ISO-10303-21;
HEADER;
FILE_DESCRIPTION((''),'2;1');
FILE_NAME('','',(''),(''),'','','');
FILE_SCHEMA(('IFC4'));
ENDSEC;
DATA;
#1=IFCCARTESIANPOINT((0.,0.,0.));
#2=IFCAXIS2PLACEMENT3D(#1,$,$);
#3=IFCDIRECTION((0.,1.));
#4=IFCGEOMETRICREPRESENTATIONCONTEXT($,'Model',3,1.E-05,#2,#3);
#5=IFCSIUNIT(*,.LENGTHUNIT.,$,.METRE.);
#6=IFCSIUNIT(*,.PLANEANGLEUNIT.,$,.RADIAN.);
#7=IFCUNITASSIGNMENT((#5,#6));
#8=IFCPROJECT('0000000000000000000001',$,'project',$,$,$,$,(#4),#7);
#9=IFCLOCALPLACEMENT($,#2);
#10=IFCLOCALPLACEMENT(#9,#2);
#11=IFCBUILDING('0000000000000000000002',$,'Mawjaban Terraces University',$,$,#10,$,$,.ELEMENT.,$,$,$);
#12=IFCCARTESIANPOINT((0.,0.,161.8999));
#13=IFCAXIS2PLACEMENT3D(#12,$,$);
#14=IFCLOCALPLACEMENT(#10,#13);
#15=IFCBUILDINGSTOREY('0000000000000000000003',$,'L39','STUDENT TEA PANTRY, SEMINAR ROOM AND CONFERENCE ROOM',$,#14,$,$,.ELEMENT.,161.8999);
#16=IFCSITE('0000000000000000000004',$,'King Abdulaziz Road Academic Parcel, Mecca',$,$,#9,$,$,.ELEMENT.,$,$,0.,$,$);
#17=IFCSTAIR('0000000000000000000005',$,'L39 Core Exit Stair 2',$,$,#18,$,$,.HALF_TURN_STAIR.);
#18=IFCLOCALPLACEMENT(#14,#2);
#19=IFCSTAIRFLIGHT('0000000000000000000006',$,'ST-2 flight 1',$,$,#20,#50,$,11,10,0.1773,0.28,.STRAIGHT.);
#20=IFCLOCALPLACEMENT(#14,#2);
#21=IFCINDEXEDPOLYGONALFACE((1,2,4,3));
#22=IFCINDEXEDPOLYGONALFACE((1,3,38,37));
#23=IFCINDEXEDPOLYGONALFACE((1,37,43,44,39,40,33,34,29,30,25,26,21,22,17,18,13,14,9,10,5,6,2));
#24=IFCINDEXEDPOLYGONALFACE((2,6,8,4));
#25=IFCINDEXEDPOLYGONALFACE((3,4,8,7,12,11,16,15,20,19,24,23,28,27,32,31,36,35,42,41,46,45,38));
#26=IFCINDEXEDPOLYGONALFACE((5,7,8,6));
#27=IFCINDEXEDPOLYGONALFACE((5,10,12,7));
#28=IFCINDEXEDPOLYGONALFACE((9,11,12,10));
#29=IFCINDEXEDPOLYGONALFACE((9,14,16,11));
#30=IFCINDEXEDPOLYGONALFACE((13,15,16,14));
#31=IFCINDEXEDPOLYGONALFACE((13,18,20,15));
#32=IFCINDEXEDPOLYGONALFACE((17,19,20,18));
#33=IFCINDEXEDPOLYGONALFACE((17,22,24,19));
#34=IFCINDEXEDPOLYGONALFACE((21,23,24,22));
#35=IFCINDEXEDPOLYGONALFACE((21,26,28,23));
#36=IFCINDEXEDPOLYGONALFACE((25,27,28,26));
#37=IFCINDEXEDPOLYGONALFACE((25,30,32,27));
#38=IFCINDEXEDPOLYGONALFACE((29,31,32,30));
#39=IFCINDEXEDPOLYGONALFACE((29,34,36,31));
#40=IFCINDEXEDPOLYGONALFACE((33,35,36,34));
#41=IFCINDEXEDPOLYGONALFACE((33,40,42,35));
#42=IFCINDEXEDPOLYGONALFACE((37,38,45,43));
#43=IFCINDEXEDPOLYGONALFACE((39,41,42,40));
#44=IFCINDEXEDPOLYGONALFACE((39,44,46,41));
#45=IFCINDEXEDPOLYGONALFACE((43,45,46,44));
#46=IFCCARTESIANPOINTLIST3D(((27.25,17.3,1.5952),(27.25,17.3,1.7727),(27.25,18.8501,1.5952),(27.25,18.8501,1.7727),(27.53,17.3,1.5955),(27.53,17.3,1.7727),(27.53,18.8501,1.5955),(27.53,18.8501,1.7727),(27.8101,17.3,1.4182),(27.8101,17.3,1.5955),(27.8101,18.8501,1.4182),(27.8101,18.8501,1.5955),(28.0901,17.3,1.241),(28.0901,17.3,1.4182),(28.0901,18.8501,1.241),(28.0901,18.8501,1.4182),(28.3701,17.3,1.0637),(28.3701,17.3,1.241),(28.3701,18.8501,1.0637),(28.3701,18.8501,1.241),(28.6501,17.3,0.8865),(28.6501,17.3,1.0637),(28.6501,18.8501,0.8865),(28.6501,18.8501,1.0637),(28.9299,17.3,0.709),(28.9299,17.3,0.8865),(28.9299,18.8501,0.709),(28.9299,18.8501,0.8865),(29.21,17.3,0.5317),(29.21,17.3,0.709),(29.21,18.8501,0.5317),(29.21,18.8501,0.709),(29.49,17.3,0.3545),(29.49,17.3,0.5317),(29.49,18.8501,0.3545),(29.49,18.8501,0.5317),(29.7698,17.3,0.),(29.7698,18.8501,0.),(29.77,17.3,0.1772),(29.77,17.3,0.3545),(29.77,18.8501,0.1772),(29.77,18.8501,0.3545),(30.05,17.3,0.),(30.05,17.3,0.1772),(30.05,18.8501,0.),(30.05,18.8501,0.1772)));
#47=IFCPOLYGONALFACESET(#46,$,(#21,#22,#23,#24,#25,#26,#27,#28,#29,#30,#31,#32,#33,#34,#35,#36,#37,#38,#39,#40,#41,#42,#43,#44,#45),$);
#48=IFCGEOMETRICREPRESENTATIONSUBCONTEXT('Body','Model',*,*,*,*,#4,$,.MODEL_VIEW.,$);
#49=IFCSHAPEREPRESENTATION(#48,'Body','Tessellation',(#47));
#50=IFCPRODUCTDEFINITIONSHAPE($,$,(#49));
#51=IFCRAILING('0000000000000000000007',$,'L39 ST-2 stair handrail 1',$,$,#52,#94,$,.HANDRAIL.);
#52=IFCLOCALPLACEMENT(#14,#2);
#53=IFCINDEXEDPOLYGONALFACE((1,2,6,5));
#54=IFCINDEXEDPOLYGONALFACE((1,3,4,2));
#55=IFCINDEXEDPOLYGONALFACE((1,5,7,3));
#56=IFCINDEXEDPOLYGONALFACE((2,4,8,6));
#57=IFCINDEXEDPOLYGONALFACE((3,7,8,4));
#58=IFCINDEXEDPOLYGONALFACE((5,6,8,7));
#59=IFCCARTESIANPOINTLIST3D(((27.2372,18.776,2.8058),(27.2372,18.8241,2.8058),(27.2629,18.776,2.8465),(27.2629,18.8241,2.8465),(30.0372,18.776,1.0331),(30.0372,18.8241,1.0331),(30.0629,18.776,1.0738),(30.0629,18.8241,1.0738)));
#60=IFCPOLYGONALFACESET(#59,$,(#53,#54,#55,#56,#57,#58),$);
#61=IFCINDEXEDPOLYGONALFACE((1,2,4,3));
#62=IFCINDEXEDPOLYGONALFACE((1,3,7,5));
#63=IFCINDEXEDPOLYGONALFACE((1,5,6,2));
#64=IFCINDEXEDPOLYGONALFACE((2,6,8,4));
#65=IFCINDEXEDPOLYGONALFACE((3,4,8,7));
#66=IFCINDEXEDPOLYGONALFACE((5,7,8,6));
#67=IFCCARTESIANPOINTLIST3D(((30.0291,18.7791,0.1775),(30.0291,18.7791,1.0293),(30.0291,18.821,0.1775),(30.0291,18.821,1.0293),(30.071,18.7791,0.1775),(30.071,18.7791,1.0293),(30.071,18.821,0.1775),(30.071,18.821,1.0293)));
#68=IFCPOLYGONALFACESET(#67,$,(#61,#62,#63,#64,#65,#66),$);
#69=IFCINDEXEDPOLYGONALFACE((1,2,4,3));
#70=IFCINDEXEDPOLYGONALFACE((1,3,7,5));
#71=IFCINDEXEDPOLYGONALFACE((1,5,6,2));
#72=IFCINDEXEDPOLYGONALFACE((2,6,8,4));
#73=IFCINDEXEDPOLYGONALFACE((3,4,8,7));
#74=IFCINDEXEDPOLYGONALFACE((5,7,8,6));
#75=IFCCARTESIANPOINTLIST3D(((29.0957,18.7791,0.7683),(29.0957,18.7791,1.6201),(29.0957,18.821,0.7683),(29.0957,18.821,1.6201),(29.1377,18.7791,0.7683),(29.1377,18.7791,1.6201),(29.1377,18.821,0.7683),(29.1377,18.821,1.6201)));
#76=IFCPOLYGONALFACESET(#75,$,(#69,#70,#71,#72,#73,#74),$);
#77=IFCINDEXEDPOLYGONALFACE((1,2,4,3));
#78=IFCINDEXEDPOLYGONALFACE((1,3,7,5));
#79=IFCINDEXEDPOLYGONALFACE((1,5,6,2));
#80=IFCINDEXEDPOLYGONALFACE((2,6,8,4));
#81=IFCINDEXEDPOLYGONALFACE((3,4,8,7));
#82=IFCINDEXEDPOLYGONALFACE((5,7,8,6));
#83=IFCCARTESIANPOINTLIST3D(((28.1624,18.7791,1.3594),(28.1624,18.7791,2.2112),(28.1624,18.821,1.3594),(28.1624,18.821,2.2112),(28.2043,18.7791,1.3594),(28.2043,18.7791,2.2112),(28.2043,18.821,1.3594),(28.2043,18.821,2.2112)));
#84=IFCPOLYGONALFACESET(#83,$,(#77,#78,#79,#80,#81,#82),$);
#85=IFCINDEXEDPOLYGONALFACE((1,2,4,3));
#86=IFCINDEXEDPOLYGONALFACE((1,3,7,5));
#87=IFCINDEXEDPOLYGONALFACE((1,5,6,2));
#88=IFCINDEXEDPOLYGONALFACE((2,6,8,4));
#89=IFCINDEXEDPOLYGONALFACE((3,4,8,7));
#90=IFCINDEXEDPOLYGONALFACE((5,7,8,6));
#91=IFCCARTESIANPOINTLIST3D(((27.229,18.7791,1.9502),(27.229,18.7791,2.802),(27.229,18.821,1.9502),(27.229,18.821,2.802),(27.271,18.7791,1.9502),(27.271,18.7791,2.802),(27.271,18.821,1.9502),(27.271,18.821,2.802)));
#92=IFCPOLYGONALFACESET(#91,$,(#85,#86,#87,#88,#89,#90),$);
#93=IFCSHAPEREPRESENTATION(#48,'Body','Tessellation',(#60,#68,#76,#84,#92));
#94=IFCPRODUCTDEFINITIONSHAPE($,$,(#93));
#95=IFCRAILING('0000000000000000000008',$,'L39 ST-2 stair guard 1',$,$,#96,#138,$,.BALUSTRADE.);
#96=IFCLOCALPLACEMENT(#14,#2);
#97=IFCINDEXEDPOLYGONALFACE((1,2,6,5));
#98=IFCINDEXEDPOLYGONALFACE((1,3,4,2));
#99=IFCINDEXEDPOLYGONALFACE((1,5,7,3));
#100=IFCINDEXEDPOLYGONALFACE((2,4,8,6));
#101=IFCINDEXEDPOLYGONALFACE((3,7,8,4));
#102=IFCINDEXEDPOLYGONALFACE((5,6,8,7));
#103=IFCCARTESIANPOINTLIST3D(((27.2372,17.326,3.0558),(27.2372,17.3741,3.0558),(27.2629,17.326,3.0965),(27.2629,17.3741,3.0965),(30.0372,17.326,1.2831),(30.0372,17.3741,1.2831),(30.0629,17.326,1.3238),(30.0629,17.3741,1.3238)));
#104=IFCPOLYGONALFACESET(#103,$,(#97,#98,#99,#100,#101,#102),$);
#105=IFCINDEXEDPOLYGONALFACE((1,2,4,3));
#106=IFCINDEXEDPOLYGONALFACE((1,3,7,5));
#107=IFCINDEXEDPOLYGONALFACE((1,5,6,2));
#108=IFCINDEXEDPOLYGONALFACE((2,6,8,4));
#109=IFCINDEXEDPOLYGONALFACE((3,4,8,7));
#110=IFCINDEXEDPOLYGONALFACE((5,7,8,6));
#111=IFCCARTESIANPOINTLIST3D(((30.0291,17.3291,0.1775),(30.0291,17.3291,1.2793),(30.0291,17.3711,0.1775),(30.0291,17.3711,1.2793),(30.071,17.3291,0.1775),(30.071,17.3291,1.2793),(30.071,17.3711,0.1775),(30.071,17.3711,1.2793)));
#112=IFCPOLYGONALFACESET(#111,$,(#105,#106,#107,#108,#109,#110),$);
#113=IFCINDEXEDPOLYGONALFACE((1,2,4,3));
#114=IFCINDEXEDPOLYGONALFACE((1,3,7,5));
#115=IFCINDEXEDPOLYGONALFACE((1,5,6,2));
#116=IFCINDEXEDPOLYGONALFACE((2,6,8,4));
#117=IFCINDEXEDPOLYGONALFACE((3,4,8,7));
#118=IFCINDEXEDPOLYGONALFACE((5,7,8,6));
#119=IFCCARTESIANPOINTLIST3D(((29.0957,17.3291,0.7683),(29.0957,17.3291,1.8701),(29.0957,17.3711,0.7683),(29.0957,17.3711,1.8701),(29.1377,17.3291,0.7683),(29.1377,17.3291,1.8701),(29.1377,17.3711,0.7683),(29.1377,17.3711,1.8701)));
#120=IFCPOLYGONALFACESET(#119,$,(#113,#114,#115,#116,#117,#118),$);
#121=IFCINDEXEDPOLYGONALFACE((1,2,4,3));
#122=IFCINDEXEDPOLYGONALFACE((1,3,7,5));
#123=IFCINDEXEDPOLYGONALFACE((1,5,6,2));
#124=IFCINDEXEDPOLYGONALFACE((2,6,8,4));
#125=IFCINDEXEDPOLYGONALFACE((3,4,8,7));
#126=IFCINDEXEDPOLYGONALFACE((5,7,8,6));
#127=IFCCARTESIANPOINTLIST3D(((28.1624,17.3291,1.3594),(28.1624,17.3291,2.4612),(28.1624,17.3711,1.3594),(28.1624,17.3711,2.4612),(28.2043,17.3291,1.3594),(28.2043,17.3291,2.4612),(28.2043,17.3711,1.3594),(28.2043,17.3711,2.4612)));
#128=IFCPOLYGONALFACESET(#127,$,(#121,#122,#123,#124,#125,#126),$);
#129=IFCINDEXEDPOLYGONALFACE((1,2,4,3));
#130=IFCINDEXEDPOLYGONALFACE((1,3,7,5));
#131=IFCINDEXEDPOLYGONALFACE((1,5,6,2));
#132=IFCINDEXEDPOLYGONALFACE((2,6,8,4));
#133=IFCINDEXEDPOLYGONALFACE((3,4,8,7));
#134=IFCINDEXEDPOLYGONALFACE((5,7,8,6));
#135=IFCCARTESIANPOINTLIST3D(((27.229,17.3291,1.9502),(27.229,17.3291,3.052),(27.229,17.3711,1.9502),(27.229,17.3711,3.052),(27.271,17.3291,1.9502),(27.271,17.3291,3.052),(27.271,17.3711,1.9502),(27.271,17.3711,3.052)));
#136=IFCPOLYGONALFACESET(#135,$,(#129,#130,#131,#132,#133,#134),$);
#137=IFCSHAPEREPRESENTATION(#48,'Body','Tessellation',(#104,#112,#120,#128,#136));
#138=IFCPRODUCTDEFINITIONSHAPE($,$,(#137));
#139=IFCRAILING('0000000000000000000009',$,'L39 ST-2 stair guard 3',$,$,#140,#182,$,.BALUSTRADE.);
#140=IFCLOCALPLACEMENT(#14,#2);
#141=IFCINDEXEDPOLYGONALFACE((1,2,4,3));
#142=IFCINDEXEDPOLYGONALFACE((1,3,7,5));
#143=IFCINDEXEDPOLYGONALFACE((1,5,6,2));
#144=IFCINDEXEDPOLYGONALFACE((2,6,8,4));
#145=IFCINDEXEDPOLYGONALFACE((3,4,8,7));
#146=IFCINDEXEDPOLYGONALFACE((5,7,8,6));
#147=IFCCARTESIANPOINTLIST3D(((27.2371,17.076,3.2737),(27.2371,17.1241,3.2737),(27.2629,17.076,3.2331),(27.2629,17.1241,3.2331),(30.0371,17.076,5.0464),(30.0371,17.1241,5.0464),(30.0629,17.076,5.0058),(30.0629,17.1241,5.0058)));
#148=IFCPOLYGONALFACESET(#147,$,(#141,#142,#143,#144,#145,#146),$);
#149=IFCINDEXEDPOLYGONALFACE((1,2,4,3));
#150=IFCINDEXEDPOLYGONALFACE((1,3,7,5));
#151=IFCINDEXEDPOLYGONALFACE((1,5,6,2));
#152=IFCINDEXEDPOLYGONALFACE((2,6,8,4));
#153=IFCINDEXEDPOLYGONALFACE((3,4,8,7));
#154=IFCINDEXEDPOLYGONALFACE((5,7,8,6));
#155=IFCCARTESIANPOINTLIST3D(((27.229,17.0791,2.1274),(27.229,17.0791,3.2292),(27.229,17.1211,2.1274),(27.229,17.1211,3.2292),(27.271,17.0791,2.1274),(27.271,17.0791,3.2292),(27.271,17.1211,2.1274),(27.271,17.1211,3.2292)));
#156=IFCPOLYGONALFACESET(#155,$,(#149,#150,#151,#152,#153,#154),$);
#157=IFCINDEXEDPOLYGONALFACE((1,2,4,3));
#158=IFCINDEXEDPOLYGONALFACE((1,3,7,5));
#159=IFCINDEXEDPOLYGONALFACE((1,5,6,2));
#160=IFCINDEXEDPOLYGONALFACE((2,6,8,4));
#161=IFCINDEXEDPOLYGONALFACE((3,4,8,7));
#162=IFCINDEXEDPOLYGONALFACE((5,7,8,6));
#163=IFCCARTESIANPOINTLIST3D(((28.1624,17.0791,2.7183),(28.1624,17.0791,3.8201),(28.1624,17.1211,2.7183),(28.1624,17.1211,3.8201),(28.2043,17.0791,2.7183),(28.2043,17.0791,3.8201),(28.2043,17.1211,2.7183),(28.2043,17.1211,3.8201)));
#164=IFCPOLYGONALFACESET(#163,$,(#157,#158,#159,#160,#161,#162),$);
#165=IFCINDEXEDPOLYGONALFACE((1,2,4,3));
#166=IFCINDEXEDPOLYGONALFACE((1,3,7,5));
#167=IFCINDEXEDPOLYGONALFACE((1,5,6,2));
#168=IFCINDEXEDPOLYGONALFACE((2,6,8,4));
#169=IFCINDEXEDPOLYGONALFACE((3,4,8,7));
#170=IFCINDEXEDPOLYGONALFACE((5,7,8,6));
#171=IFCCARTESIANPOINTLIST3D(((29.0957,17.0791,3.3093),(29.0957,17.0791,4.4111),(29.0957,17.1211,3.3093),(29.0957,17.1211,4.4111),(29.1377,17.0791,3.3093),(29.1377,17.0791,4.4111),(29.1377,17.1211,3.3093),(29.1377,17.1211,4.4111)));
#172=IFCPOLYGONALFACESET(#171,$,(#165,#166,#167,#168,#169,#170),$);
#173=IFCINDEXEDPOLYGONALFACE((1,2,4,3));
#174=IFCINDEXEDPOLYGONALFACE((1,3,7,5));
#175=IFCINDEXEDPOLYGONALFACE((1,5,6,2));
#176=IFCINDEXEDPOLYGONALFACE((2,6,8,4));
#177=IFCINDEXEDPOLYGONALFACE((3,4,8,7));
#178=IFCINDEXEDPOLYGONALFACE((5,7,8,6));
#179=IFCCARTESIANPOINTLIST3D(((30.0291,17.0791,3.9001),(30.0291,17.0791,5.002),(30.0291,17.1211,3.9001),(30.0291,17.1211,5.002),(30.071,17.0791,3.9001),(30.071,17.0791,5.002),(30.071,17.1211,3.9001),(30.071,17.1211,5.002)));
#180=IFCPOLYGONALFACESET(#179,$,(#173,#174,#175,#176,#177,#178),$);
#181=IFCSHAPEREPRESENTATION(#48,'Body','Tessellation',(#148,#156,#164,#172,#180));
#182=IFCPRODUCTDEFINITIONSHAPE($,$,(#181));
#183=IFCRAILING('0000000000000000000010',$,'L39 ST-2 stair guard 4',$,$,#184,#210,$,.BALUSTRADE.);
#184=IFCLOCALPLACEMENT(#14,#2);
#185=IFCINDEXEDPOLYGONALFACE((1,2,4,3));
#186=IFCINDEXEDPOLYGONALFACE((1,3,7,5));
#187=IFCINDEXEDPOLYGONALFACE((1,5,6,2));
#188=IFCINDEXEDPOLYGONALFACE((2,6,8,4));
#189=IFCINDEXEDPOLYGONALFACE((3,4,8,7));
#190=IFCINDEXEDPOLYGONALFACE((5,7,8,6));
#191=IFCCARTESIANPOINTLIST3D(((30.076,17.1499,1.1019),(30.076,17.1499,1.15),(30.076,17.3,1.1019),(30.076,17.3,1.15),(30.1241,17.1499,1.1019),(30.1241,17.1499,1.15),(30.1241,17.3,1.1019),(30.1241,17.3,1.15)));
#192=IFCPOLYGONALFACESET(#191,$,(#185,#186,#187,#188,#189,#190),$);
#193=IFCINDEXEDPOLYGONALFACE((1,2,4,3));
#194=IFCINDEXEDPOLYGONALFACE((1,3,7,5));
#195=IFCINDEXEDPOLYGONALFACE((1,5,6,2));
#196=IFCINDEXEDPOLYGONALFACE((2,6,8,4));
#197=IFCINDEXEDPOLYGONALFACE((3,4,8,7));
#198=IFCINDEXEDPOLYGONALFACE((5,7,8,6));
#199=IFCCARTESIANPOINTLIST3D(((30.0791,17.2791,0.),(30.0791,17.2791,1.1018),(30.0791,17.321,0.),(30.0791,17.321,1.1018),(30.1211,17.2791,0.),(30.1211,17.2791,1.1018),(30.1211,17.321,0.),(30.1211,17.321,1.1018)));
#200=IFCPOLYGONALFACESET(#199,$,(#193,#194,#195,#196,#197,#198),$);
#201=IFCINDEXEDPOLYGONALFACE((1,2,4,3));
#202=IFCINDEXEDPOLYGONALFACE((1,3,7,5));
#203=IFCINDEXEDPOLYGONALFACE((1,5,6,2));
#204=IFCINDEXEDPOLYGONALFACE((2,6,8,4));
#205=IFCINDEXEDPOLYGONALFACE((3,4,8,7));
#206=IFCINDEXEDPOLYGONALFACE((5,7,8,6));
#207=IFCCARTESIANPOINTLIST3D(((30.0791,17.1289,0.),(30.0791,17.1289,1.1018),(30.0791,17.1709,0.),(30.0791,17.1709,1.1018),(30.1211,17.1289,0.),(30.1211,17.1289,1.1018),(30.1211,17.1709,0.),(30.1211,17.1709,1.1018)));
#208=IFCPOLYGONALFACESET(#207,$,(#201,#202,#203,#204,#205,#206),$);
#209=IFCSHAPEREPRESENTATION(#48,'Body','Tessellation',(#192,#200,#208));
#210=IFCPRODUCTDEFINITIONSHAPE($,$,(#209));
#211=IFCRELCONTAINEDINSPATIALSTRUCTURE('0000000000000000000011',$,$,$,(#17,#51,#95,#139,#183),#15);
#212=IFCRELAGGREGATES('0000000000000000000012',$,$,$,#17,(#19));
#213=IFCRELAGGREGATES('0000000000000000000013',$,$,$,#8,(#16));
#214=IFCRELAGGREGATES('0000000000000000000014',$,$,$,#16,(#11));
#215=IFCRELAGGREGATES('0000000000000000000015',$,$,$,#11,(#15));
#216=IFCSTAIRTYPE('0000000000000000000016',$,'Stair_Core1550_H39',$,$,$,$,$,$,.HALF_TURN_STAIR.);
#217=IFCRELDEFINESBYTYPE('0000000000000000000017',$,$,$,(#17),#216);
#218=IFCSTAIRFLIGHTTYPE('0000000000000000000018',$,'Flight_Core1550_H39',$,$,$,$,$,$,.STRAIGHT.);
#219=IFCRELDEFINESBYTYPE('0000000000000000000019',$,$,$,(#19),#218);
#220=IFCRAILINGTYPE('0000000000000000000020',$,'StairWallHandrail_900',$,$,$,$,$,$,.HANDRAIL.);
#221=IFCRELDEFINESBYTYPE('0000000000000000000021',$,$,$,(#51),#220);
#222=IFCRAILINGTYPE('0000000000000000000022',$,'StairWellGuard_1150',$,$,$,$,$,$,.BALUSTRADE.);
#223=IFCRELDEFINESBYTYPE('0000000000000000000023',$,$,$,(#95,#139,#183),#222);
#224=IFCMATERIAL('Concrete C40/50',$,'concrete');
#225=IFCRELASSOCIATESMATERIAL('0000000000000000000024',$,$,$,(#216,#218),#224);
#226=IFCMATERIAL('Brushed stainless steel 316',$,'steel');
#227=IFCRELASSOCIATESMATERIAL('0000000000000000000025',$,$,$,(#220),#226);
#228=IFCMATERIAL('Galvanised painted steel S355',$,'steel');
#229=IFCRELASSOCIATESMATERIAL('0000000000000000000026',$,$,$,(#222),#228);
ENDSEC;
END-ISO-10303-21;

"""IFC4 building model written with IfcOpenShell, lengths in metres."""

from ifc_helpers import new_model, si_unit, direction, frame, origin, origin_2d, place, context, subcontext, project, spatial, polyline, rectangle, outline, extrude, material, type_object, element, aggregate, save


model = new_model("IFC4")

# Units and contexts
model_context = context("Model", 3, precision=1e-05, world=origin(), true_north=direction((0.0, 1.0)))
body_context = subcontext(model_context, "Body", "Model", "MODEL_VIEW")
ifc_project = project(units=[si_unit("LENGTHUNIT", "METRE"), si_unit("PLANEANGLEUNIT", "RADIAN")], contexts=[model_context])

# Site, building, storey
site_placement = place(None, origin())
site = spatial("IfcSite", under=ifc_project, at=site_placement, Name="King Abdulaziz Road Academic Parcel, Mecca", CompositionType="ELEMENT", RefElevation=0.0)
building_placement = place(site_placement, origin())
building = spatial("IfcBuilding", under=site, at=building_placement, Name="Mawjaban Terraces University", CompositionType="ELEMENT")
storey_placement = place(building_placement, frame((0.0, 0.0, 161.8999)))
storey = spatial("IfcBuildingStorey", under=building, at=storey_placement, Name="L39", Description="STUDENT TEA PANTRY, SEMINAR ROOM AND CONFERENCE ROOM", CompositionType="ELEMENT", Elevation=161.8999)

# Shared definitions
ifc_material_1 = material(Name="Concrete C40/50", Category="concrete")

# Stair, stair flight
stair_type = type_object("IfcStairType", Name="Stair_Core1550_H39", PredefinedType="HALF_TURN_STAIR", material=ifc_material_1)
stair_placement = place(storey_placement, origin())
stair = element("IfcStair", 1, at=stair_placement, inside=storey, type_object=stair_type, Name="L39 Core Exit Stair 2", PredefinedType="HALF_TURN_STAIR")
stair_flight_type = type_object("IfcStairFlightType", Name="Flight_Core1550_H39", PredefinedType="STRAIGHT", material=ifc_material_1)
stair_flight_placement = place(storey_placement, frame((30.05, 18.075, 0.0), z_axis=(0.0, 0.0, 1.0), x_axis=(-1.0, 0.0, 0.0)))
stair_flight = element("IfcStairFlight", 2, at=stair_flight_placement, type_object=stair_flight_type, Name="ST-2 flight 1", NumberOfRisers=11, NumberOfTreads=10, PredefinedType="STRAIGHT", RiserHeight=0.1773, TreadLength=0.28, context=body_context, shape_type="SweptSolid", body=[
    extrude(outline(polyline([(0.0, 0.0), (0.0, 0.1772), (0.28, 0.1772), (0.28, 0.3545), (0.5601, 0.3545), (0.5601, 0.5317), (0.8401, 0.5317), (0.8401, 0.709), (1.1201, 0.709), (1.1201, 0.8865), (1.3999, 0.8865), (1.3999, 1.0637), (1.6799, 1.0637), (1.6799, 1.241), (1.96, 1.241), (1.96, 1.4182), (2.24, 1.4182), (2.24, 1.5955), (2.52, 1.5955), (2.52, 1.7727), (2.8, 1.7727), (2.8, 1.95), (2.8, 1.5952), (0.2803, 0.0), (0.0, 0.0)])), frame((0.0, 0.7749, 0.0), z_axis=(0.0, -1.0, 0.0), x_axis=(1.0, 0.0, 0.0)), (0.0, 0.0, 1.0), 1.55),
])
aggregate(stair, [stair_flight])

# Railings
ifc_material_2 = material(Name="Brushed stainless steel 316", Category="steel")
railing_type_1 = type_object("IfcRailingType", Name="StairWallHandrail_900", PredefinedType="HANDRAIL", material=ifc_material_2)
railing_1_placement = place(storey_placement, frame((30.05, 18.8, 0.1775)))
element("IfcRailing", 3, at=railing_1_placement, inside=storey, type_object=railing_type_1, Name="L39 ST-2 stair handrail 1", PredefinedType="HANDRAIL", context=body_context, shape_type="SweptSolid", body=[
    extrude(rectangle(XDim=0.0481, YDim=0.0481, at=origin_2d()), frame((0.0, 0.0, 0.876), z_axis=(-0.844909, 0.0, 0.53491), x_axis=(0.0, -1.0, 0.0)), (0.0, 0.0, 1.0), 3.314),
    extrude(rectangle(XDim=0.042, YDim=0.042, at=origin_2d()), origin(), (0.0, 0.0, 1.0), 0.8518),
    extrude(rectangle(XDim=0.042, YDim=0.042, at=origin_2d()), frame((-0.9333, 0.0, 0.5908)), (0.0, 0.0, 1.0), 0.8518),
    extrude(rectangle(XDim=0.042, YDim=0.042, at=origin_2d()), frame((-1.8667, 0.0, 1.1819)), (0.0, 0.0, 1.0), 0.8518),
    extrude(rectangle(XDim=0.042, YDim=0.042, at=origin_2d()), frame((-2.8, 0.0, 1.7727)), (0.0, 0.0, 1.0), 0.8518),
])
ifc_material_3 = material(Name="Galvanised painted steel S355", Category="steel")
railing_type_2 = type_object("IfcRailingType", Name="StairWellGuard_1150", PredefinedType="BALUSTRADE", material=ifc_material_3)
railing_2_placement = place(storey_placement, frame((30.05, 17.3501, 0.1775)))
element("IfcRailing", 4, at=railing_2_placement, inside=storey, type_object=railing_type_2, Name="L39 ST-2 stair guard 1", PredefinedType="BALUSTRADE", context=body_context, shape_type="SweptSolid", body=[
    extrude(rectangle(XDim=0.0481, YDim=0.0481, at=origin_2d()), frame((0.0, 0.0, 1.126), z_axis=(-0.844909, 0.0, 0.53491), x_axis=(0.0, -1.0, 0.0)), (0.0, 0.0, 1.0), 3.314),
    extrude(rectangle(XDim=0.042, YDim=0.042, at=origin_2d()), origin(), (0.0, 0.0, 1.0), 1.1018),
    extrude(rectangle(XDim=0.042, YDim=0.042, at=origin_2d()), frame((-0.9333, 0.0, 0.5908)), (0.0, 0.0, 1.0), 1.1018),
    extrude(rectangle(XDim=0.042, YDim=0.042, at=origin_2d()), frame((-1.8667, 0.0, 1.1819)), (0.0, 0.0, 1.0), 1.1018),
    extrude(rectangle(XDim=0.042, YDim=0.042, at=origin_2d()), frame((-2.8, 0.0, 1.7727)), (0.0, 0.0, 1.0), 1.1018),
])
railing_3_placement = place(storey_placement, frame((27.25, 17.1001, 2.1274)))
element("IfcRailing", 5, at=railing_3_placement, inside=storey, type_object=railing_type_2, Name="L39 ST-2 stair guard 3", PredefinedType="BALUSTRADE", context=body_context, shape_type="SweptSolid", body=[
    extrude(rectangle(XDim=0.0481, YDim=0.0481, at=origin_2d()), frame((0.0, 0.0, 1.126), z_axis=(0.844909, 0.0, 0.53491), x_axis=(0.0, 1.0, 0.0)), (0.0, 0.0, 1.0), 3.314),
    extrude(rectangle(XDim=0.042, YDim=0.042, at=origin_2d()), origin(), (0.0, 0.0, 1.0), 1.1018),
    extrude(rectangle(XDim=0.042, YDim=0.042, at=origin_2d()), frame((0.9333, 0.0, 0.5908)), (0.0, 0.0, 1.0), 1.1018),
    extrude(rectangle(XDim=0.042, YDim=0.042, at=origin_2d()), frame((1.8667, 0.0, 1.1819)), (0.0, 0.0, 1.0), 1.1018),
    extrude(rectangle(XDim=0.042, YDim=0.042, at=origin_2d()), frame((2.8, 0.0, 1.7727)), (0.0, 0.0, 1.0), 1.1018),
])
railing_4_placement = place(storey_placement, frame((30.1001, 17.3, 0.0)))
element("IfcRailing", 6, at=railing_4_placement, inside=storey, type_object=railing_type_2, Name="L39 ST-2 stair guard 4", PredefinedType="BALUSTRADE", context=body_context, shape_type="SweptSolid", body=[
    extrude(rectangle(XDim=0.0481, YDim=0.0481, at=origin_2d()), frame((0.0, 0.0, 1.126), z_axis=(0.0, -1.0, 0.0), x_axis=(1.0, 0.0, 0.0)), (0.0, 0.0, 1.0), 0.1501),
    extrude(rectangle(XDim=0.042, YDim=0.042, at=origin_2d()), origin(), (0.0, 0.0, 1.0), 1.1018),
    extrude(rectangle(XDim=0.042, YDim=0.042, at=origin_2d()), frame((0.0, -0.1501, 0.0)), (0.0, 0.0, 1.0), 1.1018),
])

save(model, "model.ifc")
